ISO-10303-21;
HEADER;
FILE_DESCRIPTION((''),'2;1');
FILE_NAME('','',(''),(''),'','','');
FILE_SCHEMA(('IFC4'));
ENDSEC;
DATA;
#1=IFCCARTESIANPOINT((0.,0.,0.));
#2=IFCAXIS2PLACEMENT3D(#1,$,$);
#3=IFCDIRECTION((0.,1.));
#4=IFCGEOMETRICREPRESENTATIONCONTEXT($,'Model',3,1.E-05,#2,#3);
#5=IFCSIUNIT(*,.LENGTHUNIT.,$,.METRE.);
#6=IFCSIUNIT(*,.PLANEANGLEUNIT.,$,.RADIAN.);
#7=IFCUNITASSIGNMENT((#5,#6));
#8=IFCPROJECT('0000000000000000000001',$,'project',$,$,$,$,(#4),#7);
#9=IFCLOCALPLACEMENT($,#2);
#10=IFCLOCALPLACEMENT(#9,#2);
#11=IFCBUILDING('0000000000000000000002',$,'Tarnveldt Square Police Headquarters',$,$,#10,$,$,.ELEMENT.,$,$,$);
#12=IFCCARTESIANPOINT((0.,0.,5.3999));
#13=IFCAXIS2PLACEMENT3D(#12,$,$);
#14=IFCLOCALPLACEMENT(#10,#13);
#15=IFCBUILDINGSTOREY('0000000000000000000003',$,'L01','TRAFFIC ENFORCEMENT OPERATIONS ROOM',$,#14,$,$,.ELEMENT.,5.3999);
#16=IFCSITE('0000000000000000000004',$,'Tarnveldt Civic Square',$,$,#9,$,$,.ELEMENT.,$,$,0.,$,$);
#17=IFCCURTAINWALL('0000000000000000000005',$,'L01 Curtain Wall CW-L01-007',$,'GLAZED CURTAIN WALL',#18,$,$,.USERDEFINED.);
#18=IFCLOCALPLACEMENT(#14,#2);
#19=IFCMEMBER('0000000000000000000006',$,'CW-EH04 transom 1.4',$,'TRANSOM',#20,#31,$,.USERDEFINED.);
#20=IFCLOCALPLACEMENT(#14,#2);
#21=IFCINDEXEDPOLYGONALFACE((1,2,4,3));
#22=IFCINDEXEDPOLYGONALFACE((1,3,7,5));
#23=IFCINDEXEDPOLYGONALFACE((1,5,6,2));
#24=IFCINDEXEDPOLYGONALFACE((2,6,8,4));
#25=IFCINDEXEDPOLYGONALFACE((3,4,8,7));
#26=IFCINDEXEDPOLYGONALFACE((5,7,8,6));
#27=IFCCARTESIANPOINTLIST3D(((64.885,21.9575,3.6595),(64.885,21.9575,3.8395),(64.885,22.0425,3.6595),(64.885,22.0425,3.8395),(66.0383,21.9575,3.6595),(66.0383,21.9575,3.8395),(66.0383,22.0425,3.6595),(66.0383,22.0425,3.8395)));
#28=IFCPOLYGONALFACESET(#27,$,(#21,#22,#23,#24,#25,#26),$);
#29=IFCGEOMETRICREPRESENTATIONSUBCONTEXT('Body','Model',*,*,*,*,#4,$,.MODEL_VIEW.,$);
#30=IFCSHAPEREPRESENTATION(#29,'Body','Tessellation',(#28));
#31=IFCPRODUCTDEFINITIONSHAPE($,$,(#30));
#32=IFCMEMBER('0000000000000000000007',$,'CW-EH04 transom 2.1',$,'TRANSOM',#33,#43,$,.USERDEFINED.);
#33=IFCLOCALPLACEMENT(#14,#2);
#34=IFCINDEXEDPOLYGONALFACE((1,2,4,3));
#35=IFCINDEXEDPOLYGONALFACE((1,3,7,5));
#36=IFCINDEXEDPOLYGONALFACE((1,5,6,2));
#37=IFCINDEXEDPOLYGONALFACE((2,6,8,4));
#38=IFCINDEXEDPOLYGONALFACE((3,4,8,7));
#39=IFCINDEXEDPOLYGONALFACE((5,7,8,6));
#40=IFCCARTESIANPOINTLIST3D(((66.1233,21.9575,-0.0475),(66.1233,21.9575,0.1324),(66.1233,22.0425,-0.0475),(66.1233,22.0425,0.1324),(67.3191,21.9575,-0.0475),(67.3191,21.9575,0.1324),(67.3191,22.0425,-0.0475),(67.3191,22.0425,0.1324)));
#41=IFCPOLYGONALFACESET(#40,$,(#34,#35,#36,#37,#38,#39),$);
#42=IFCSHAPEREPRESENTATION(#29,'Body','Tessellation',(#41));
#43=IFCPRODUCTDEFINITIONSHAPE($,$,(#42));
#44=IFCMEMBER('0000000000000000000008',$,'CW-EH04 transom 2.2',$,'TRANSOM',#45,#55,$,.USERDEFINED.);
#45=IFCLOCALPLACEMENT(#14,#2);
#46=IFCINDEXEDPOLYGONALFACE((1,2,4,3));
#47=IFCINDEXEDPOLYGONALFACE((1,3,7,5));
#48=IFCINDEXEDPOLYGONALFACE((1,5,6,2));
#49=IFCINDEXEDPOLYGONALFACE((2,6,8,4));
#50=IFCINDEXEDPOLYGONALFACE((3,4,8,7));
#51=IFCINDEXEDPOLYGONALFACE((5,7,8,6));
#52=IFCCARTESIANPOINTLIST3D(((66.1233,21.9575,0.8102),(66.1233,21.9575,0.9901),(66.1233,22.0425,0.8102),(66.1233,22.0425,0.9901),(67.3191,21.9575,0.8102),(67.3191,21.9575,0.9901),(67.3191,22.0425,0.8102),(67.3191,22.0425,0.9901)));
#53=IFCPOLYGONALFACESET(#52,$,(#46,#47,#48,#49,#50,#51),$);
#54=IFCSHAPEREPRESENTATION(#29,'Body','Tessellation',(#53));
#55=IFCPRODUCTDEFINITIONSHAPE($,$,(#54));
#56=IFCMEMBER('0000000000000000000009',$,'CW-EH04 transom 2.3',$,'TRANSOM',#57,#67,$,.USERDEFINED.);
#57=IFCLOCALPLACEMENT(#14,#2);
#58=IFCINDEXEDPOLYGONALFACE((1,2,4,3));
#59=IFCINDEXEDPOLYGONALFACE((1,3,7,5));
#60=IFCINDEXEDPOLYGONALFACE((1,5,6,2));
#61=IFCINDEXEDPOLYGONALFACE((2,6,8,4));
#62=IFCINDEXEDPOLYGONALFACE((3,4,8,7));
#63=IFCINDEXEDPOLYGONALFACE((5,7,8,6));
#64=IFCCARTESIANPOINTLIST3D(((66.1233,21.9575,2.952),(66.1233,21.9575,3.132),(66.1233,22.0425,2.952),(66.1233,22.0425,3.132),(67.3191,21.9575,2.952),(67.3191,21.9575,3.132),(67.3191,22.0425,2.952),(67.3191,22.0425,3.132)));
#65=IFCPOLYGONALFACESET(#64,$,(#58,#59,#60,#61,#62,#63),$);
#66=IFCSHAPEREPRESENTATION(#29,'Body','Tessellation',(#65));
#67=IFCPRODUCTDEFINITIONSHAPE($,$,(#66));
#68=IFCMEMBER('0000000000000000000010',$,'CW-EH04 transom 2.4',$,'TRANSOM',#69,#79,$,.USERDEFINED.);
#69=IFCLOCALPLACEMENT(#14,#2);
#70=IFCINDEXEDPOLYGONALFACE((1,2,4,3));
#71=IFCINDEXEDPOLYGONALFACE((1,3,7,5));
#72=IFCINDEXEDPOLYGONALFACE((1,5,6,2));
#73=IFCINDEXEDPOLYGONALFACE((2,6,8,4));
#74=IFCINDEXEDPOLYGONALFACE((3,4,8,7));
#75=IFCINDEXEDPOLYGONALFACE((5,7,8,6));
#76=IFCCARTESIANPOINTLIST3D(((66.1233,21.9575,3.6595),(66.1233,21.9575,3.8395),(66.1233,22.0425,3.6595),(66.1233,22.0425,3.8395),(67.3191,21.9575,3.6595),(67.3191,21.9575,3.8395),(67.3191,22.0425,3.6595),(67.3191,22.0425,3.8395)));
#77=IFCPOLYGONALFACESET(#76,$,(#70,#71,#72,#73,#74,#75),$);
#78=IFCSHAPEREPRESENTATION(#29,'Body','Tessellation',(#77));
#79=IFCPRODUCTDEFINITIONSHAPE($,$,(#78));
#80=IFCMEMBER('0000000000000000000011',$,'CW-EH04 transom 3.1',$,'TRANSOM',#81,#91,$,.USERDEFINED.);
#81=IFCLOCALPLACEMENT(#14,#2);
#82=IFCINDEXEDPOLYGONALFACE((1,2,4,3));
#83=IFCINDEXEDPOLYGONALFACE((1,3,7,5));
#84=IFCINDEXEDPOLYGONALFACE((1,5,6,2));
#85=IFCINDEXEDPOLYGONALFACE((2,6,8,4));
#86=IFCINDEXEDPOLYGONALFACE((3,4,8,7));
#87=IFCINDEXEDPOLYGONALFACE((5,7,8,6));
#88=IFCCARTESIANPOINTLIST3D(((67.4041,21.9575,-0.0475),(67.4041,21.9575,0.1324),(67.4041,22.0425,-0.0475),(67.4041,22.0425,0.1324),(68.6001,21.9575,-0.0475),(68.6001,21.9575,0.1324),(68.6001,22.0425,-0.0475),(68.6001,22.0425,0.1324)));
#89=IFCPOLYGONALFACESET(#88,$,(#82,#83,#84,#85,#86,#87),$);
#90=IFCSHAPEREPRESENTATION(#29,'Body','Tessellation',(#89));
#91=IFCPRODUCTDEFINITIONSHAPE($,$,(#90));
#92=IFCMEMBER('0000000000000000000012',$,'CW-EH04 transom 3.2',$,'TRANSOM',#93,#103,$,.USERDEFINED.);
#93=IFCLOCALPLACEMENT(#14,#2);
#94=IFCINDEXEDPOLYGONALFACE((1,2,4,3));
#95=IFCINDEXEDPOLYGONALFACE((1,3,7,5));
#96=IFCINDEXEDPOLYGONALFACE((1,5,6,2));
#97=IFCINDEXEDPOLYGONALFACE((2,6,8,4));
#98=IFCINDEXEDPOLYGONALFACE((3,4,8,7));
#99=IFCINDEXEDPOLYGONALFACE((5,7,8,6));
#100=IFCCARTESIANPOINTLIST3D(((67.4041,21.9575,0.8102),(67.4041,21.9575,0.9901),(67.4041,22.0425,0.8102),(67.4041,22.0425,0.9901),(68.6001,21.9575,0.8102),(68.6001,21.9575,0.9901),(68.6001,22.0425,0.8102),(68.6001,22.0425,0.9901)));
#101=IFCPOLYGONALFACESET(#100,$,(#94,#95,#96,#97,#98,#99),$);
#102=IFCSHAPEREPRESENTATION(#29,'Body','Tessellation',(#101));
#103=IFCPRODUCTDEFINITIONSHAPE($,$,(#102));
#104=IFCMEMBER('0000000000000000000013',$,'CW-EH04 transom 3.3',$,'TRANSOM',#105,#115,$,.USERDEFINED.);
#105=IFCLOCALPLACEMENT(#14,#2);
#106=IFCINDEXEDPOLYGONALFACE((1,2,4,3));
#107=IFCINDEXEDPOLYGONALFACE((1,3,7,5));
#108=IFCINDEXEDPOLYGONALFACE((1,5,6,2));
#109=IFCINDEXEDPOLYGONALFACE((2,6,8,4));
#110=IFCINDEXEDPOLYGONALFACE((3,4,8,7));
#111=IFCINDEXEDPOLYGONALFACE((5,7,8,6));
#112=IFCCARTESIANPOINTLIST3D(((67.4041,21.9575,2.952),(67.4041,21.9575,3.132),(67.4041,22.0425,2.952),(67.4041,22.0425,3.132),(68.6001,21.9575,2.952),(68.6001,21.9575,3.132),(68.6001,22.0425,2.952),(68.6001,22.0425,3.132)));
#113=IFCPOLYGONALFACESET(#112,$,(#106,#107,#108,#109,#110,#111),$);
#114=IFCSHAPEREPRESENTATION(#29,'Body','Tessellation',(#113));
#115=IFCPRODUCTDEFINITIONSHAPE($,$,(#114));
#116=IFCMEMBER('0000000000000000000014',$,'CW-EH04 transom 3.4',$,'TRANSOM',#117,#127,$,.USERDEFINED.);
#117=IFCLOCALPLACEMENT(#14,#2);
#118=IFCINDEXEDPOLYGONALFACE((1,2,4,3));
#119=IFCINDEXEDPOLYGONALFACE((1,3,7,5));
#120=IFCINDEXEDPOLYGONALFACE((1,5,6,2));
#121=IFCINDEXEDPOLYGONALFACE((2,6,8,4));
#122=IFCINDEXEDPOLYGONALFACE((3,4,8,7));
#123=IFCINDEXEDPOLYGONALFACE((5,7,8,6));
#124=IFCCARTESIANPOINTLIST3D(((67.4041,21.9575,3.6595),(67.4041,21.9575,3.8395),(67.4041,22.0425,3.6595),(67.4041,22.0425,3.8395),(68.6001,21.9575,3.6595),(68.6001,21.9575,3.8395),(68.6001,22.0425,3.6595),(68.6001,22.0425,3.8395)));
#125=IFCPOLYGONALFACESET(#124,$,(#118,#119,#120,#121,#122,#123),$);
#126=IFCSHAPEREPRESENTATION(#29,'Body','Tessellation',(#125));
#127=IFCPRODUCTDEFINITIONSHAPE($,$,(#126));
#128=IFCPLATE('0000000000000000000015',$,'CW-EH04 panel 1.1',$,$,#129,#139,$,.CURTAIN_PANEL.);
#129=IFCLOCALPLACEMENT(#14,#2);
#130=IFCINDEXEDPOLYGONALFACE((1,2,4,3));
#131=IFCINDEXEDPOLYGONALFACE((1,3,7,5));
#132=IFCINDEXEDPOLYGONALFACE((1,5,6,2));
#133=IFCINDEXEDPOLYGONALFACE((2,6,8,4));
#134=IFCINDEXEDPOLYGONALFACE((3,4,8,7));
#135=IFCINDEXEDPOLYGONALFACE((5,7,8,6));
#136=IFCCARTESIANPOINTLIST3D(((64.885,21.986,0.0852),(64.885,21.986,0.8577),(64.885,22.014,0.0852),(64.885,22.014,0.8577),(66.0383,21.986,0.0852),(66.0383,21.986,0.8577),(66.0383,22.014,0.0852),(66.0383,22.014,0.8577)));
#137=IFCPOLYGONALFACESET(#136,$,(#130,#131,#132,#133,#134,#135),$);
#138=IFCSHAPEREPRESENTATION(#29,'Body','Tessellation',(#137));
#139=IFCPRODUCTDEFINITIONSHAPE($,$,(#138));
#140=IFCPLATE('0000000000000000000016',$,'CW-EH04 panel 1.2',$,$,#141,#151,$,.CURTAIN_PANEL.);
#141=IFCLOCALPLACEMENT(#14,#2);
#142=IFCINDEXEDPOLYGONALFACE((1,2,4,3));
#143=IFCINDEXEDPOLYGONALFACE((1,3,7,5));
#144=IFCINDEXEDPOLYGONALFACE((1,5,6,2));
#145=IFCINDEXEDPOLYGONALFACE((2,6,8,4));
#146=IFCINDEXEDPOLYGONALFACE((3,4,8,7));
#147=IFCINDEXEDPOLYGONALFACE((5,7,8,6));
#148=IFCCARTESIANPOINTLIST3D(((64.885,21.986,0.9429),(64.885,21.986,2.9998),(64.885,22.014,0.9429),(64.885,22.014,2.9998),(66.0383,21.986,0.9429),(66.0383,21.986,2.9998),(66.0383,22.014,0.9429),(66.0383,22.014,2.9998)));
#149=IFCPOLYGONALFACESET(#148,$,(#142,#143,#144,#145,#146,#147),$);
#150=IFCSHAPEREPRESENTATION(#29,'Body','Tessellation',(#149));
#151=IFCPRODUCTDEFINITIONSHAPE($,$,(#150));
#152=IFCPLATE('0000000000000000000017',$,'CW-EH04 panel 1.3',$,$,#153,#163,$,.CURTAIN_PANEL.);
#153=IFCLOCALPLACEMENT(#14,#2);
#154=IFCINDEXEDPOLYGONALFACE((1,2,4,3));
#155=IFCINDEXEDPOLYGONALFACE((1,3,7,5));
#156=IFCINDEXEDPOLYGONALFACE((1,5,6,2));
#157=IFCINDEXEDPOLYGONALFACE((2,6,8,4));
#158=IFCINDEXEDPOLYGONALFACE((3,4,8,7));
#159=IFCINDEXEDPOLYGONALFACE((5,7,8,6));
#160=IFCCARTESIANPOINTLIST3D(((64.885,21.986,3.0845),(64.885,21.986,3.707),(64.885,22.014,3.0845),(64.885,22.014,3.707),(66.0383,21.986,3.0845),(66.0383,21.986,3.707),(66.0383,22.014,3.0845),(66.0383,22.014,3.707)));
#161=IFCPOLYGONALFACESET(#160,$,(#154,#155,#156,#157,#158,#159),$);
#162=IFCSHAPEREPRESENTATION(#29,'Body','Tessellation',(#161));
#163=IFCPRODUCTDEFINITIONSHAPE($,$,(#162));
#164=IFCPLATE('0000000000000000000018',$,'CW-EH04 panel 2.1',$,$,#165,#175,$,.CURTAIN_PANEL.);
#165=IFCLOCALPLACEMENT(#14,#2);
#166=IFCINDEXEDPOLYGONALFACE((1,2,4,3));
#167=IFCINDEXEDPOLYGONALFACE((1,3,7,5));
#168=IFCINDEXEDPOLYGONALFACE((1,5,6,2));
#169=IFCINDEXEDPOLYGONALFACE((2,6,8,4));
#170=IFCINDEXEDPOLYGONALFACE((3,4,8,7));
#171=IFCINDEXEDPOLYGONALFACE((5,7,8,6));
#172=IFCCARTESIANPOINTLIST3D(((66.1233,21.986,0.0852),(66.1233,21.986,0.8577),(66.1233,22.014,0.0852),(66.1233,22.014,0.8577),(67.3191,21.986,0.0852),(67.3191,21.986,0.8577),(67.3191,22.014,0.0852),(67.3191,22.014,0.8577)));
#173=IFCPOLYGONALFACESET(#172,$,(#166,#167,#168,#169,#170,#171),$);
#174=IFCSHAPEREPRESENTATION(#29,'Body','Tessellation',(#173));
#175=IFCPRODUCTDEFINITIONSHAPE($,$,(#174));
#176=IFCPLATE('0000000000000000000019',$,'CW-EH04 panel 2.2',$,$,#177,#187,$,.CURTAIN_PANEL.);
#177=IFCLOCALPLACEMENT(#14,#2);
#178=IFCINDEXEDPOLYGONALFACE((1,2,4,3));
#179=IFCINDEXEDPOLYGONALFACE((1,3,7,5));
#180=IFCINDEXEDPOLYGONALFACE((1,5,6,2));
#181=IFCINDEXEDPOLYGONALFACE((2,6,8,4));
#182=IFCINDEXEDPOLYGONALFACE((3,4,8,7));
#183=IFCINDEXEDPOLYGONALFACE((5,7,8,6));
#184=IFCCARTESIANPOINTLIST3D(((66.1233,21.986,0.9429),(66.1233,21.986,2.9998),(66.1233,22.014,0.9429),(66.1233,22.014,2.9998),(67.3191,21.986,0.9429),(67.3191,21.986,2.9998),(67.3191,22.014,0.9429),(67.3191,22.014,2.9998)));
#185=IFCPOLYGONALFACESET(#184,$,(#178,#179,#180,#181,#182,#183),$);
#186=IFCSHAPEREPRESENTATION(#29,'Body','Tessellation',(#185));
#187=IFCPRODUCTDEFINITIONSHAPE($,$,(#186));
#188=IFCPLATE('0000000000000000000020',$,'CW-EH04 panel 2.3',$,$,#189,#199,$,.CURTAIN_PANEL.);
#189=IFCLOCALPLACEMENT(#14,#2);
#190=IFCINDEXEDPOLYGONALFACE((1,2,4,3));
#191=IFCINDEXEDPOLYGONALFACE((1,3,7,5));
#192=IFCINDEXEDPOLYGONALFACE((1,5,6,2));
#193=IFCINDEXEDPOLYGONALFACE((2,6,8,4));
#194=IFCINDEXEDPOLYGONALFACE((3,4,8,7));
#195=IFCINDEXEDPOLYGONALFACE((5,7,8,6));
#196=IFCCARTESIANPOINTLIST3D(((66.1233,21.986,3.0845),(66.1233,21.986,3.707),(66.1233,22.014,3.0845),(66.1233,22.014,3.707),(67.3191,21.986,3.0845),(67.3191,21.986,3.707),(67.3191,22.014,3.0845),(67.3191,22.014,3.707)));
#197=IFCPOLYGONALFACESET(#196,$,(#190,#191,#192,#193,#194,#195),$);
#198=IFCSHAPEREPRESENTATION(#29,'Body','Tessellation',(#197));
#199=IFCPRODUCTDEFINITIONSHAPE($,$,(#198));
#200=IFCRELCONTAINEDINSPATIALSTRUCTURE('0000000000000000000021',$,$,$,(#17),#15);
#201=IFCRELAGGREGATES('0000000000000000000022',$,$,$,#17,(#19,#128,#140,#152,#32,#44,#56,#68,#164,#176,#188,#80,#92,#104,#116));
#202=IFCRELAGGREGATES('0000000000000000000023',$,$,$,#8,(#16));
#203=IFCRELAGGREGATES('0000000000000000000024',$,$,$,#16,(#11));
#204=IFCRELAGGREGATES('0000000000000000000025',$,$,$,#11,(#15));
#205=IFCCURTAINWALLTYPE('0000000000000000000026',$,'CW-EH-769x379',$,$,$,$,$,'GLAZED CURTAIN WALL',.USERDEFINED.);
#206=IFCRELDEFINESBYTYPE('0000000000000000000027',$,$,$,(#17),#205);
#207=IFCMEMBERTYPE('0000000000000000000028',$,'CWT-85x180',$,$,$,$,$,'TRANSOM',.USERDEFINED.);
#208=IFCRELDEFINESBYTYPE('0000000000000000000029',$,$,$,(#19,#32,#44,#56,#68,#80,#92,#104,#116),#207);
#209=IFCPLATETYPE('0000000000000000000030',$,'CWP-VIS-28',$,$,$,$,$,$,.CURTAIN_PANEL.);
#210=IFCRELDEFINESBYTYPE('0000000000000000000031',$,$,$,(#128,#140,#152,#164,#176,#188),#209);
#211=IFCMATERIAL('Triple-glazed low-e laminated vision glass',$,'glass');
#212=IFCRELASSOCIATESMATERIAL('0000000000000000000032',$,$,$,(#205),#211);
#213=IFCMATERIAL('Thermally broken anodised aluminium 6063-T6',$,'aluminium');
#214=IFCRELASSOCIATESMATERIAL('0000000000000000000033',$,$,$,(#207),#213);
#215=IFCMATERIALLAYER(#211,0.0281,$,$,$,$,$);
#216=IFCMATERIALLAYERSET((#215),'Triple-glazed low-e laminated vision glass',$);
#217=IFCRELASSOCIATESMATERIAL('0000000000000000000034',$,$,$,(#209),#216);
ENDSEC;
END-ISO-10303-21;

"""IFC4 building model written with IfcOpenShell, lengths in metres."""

from ifc_helpers import new_model, si_unit, direction, frame, origin, origin_2d, place, context, subcontext, project, spatial, rectangle, extrude, material, layer, layer_set, material_profile, profile_set, type_object, element, aggregate, save


model = new_model("IFC4")

# Units and contexts
model_context = context("Model", 3, precision=1e-05, world=origin(), true_north=direction((0.0, 1.0)))
body_context = subcontext(model_context, "Body", "Model", "MODEL_VIEW")
ifc_project = project(units=[si_unit("LENGTHUNIT", "METRE"), si_unit("PLANEANGLEUNIT", "RADIAN")], contexts=[model_context])

# Site, building, storey
site_placement = place(None, origin())
site = spatial("IfcSite", under=ifc_project, at=site_placement, Name="Tarnveldt Civic Square", CompositionType="ELEMENT", RefElevation=0.0)
building_placement = place(site_placement, origin())
building = spatial("IfcBuilding", under=site, at=building_placement, Name="Tarnveldt Square Police Headquarters", CompositionType="ELEMENT")
storey_placement = place(building_placement, frame((0.0, 0.0, 5.3999)))
storey = spatial("IfcBuildingStorey", under=building, at=storey_placement, Name="L01", Description="TRAFFIC ENFORCEMENT OPERATIONS ROOM", CompositionType="ELEMENT", Elevation=5.3999)

# Curtain wall, members, plates
ifc_material_1 = material(Name="Triple-glazed low-e laminated vision glass", Category="glass")
curtain_wall_type = type_object("IfcCurtainWallType", Name="CW-EH-769x379", ElementType="GLAZED CURTAIN WALL", PredefinedType="USERDEFINED", material=ifc_material_1)
curtain_wall_placement = place(storey_placement, origin())
curtain_wall = element("IfcCurtainWall", 1, at=curtain_wall_placement, inside=storey, type_object=curtain_wall_type, Name="L01 Curtain Wall CW-L01-007", ObjectType="GLAZED CURTAIN WALL", PredefinedType="USERDEFINED")
ifc_material_2 = material(Name="Thermally broken anodised aluminium 6063-T6", Category="aluminium")
ifc_material_profile_1 = material_profile(ifc_material_2, rectangle(XDim=0.085, YDim=0.1799, at=origin_2d()), Name="CW-T85x180")
ifc_profile_set_1 = profile_set([ifc_material_profile_1], Name="Thermally broken anodised aluminium 6063-T6")
member_type_1 = type_object("IfcMemberType", Name="CWT-85x180", ElementType="TRANSOM", PredefinedType="USERDEFINED", material=ifc_profile_set_1)
member_1_placement = place(storey_placement, frame((64.885, 22.0, 3.7495), z_axis=(1.0, 0.0, 0.0), x_axis=(0.0, 1.0, 0.0)))
member_1 = element("IfcMember", 2, at=member_1_placement, type_object=member_type_1, Name="CW-EH04 transom 1.4", ObjectType="TRANSOM", PredefinedType="USERDEFINED", context=body_context, shape_type="SweptSolid", body=[
    extrude(rectangle(XDim=0.085, YDim=0.1799, at=origin_2d()), origin(), (0.0, 0.0, 1.0), 1.1533),
])
member_2_placement = place(storey_placement, frame((66.1233, 22.0, 0.0425), z_axis=(1.0, 0.0, 0.0), x_axis=(0.0, 1.0, 0.0)))
member_2 = element("IfcMember", 3, at=member_2_placement, type_object=member_type_1, Name="CW-EH04 transom 2.1", ObjectType="TRANSOM", PredefinedType="USERDEFINED", context=body_context, shape_type="SweptSolid", body=[
    extrude(rectangle(XDim=0.085, YDim=0.1799, at=origin_2d()), origin(), (0.0, 0.0, 1.0), 1.1958),
])
member_3_placement = place(storey_placement, frame((66.1233, 22.0, 0.9001), z_axis=(1.0, 0.0, 0.0), x_axis=(0.0, 1.0, 0.0)))
member_3 = element("IfcMember", 4, at=member_3_placement, type_object=member_type_1, Name="CW-EH04 transom 2.2", ObjectType="TRANSOM", PredefinedType="USERDEFINED", context=body_context, shape_type="SweptSolid", body=[
    extrude(rectangle(XDim=0.085, YDim=0.1799, at=origin_2d()), origin(), (0.0, 0.0, 1.0), 1.1958),
])
member_4_placement = place(storey_placement, frame((66.1233, 22.0, 3.042), z_axis=(1.0, 0.0, 0.0), x_axis=(0.0, 1.0, 0.0)))
member_4 = element("IfcMember", 5, at=member_4_placement, type_object=member_type_1, Name="CW-EH04 transom 2.3", ObjectType="TRANSOM", PredefinedType="USERDEFINED", context=body_context, shape_type="SweptSolid", body=[
    extrude(rectangle(XDim=0.085, YDim=0.1799, at=origin_2d()), origin(), (0.0, 0.0, 1.0), 1.1958),
])
member_5_placement = place(storey_placement, frame((66.1233, 22.0, 3.7495), z_axis=(1.0, 0.0, 0.0), x_axis=(0.0, 1.0, 0.0)))
member_5 = element("IfcMember", 6, at=member_5_placement, type_object=member_type_1, Name="CW-EH04 transom 2.4", ObjectType="TRANSOM", PredefinedType="USERDEFINED", context=body_context, shape_type="SweptSolid", body=[
    extrude(rectangle(XDim=0.085, YDim=0.1799, at=origin_2d()), origin(), (0.0, 0.0, 1.0), 1.1958),
])
member_6_placement = place(storey_placement, frame((67.4041, 22.0, 0.0425), z_axis=(1.0, 0.0, 0.0), x_axis=(0.0, 1.0, 0.0)))
member_6 = element("IfcMember", 7, at=member_6_placement, type_object=member_type_1, Name="CW-EH04 transom 3.1", ObjectType="TRANSOM", PredefinedType="USERDEFINED", context=body_context, shape_type="SweptSolid", body=[
    extrude(rectangle(XDim=0.085, YDim=0.1799, at=origin_2d()), origin(), (0.0, 0.0, 1.0), 1.196),
])
member_7_placement = place(storey_placement, frame((67.4041, 22.0, 0.9001), z_axis=(1.0, 0.0, 0.0), x_axis=(0.0, 1.0, 0.0)))
member_7 = element("IfcMember", 8, at=member_7_placement, type_object=member_type_1, Name="CW-EH04 transom 3.2", ObjectType="TRANSOM", PredefinedType="USERDEFINED", context=body_context, shape_type="SweptSolid", body=[
    extrude(rectangle(XDim=0.085, YDim=0.1799, at=origin_2d()), origin(), (0.0, 0.0, 1.0), 1.196),
])
member_8_placement = place(storey_placement, frame((67.4041, 22.0, 3.042), z_axis=(1.0, 0.0, 0.0), x_axis=(0.0, 1.0, 0.0)))
member_8 = element("IfcMember", 9, at=member_8_placement, type_object=member_type_1, Name="CW-EH04 transom 3.3", ObjectType="TRANSOM", PredefinedType="USERDEFINED", context=body_context, shape_type="SweptSolid", body=[
    extrude(rectangle(XDim=0.085, YDim=0.1799, at=origin_2d()), origin(), (0.0, 0.0, 1.0), 1.196),
])
member_9_placement = place(storey_placement, frame((67.4041, 22.0, 3.7495), z_axis=(1.0, 0.0, 0.0), x_axis=(0.0, 1.0, 0.0)))
member_9 = element("IfcMember", 10, at=member_9_placement, type_object=member_type_1, Name="CW-EH04 transom 3.4", ObjectType="TRANSOM", PredefinedType="USERDEFINED", context=body_context, shape_type="SweptSolid", body=[
    extrude(rectangle(XDim=0.085, YDim=0.1799, at=origin_2d()), origin(), (0.0, 0.0, 1.0), 1.196),
])
ifc_layer_1 = layer(ifc_material_1, 0.0281)
ifc_layer_set_1 = layer_set([ifc_layer_1], Name="Triple-glazed low-e laminated vision glass")
plate_type = type_object("IfcPlateType", Name="CWP-VIS-28", PredefinedType="CURTAIN_PANEL", material=ifc_layer_set_1)
plate_1_placement = place(storey_placement, frame((65.4617, 22.0, 0.0852), z_axis=(0.0, 0.0, 1.0), x_axis=(1.0, 0.0, 0.0)))
plate_1 = element("IfcPlate", 11, at=plate_1_placement, type_object=plate_type, Name="CW-EH04 panel 1.1", PredefinedType="CURTAIN_PANEL", context=body_context, shape_type="SweptSolid", body=[
    extrude(rectangle(XDim=1.1533, YDim=0.0281, at=origin_2d()), origin(), (0.0, 0.0, 1.0), 0.7725),
])
plate_2_placement = place(storey_placement, frame((65.4617, 22.0, 0.9429), z_axis=(0.0, 0.0, 1.0), x_axis=(1.0, 0.0, 0.0)))
plate_2 = element("IfcPlate", 12, at=plate_2_placement, type_object=plate_type, Name="CW-EH04 panel 1.2", PredefinedType="CURTAIN_PANEL", context=body_context, shape_type="SweptSolid", body=[
    extrude(rectangle(XDim=1.1533, YDim=0.0281, at=origin_2d()), origin(), (0.0, 0.0, 1.0), 2.0569),
])
plate_3_placement = place(storey_placement, frame((65.4617, 22.0, 3.0845), z_axis=(0.0, 0.0, 1.0), x_axis=(1.0, 0.0, 0.0)))
plate_3 = element("IfcPlate", 13, at=plate_3_placement, type_object=plate_type, Name="CW-EH04 panel 1.3", PredefinedType="CURTAIN_PANEL", context=body_context, shape_type="SweptSolid", body=[
    extrude(rectangle(XDim=1.1533, YDim=0.0281, at=origin_2d()), origin(), (0.0, 0.0, 1.0), 0.6226),
])
plate_4_placement = place(storey_placement, frame((66.7212, 22.0, 0.0852), z_axis=(0.0, 0.0, 1.0), x_axis=(1.0, 0.0, 0.0)))
plate_4 = element("IfcPlate", 14, at=plate_4_placement, type_object=plate_type, Name="CW-EH04 panel 2.1", PredefinedType="CURTAIN_PANEL", context=body_context, shape_type="SweptSolid", body=[
    extrude(rectangle(XDim=1.1958, YDim=0.0281, at=origin_2d()), origin(), (0.0, 0.0, 1.0), 0.7725),
])
plate_5_placement = place(storey_placement, frame((66.7212, 22.0, 0.9429), z_axis=(0.0, 0.0, 1.0), x_axis=(1.0, 0.0, 0.0)))
plate_5 = element("IfcPlate", 15, at=plate_5_placement, type_object=plate_type, Name="CW-EH04 panel 2.2", PredefinedType="CURTAIN_PANEL", context=body_context, shape_type="SweptSolid", body=[
    extrude(rectangle(XDim=1.1958, YDim=0.0281, at=origin_2d()), origin(), (0.0, 0.0, 1.0), 2.0569),
])
plate_6_placement = place(storey_placement, frame((66.7212, 22.0, 3.0845), z_axis=(0.0, 0.0, 1.0), x_axis=(1.0, 0.0, 0.0)))
plate_6 = element("IfcPlate", 16, at=plate_6_placement, type_object=plate_type, Name="CW-EH04 panel 2.3", PredefinedType="CURTAIN_PANEL", context=body_context, shape_type="SweptSolid", body=[
    extrude(rectangle(XDim=1.1958, YDim=0.0281, at=origin_2d()), origin(), (0.0, 0.0, 1.0), 0.6226),
])
aggregate(curtain_wall, [member_1, plate_1, plate_2, plate_3, member_2, member_3, member_4, member_5, plate_4, plate_5, plate_6, member_6, member_7, member_8, member_9])

save(model, "model.ifc")
